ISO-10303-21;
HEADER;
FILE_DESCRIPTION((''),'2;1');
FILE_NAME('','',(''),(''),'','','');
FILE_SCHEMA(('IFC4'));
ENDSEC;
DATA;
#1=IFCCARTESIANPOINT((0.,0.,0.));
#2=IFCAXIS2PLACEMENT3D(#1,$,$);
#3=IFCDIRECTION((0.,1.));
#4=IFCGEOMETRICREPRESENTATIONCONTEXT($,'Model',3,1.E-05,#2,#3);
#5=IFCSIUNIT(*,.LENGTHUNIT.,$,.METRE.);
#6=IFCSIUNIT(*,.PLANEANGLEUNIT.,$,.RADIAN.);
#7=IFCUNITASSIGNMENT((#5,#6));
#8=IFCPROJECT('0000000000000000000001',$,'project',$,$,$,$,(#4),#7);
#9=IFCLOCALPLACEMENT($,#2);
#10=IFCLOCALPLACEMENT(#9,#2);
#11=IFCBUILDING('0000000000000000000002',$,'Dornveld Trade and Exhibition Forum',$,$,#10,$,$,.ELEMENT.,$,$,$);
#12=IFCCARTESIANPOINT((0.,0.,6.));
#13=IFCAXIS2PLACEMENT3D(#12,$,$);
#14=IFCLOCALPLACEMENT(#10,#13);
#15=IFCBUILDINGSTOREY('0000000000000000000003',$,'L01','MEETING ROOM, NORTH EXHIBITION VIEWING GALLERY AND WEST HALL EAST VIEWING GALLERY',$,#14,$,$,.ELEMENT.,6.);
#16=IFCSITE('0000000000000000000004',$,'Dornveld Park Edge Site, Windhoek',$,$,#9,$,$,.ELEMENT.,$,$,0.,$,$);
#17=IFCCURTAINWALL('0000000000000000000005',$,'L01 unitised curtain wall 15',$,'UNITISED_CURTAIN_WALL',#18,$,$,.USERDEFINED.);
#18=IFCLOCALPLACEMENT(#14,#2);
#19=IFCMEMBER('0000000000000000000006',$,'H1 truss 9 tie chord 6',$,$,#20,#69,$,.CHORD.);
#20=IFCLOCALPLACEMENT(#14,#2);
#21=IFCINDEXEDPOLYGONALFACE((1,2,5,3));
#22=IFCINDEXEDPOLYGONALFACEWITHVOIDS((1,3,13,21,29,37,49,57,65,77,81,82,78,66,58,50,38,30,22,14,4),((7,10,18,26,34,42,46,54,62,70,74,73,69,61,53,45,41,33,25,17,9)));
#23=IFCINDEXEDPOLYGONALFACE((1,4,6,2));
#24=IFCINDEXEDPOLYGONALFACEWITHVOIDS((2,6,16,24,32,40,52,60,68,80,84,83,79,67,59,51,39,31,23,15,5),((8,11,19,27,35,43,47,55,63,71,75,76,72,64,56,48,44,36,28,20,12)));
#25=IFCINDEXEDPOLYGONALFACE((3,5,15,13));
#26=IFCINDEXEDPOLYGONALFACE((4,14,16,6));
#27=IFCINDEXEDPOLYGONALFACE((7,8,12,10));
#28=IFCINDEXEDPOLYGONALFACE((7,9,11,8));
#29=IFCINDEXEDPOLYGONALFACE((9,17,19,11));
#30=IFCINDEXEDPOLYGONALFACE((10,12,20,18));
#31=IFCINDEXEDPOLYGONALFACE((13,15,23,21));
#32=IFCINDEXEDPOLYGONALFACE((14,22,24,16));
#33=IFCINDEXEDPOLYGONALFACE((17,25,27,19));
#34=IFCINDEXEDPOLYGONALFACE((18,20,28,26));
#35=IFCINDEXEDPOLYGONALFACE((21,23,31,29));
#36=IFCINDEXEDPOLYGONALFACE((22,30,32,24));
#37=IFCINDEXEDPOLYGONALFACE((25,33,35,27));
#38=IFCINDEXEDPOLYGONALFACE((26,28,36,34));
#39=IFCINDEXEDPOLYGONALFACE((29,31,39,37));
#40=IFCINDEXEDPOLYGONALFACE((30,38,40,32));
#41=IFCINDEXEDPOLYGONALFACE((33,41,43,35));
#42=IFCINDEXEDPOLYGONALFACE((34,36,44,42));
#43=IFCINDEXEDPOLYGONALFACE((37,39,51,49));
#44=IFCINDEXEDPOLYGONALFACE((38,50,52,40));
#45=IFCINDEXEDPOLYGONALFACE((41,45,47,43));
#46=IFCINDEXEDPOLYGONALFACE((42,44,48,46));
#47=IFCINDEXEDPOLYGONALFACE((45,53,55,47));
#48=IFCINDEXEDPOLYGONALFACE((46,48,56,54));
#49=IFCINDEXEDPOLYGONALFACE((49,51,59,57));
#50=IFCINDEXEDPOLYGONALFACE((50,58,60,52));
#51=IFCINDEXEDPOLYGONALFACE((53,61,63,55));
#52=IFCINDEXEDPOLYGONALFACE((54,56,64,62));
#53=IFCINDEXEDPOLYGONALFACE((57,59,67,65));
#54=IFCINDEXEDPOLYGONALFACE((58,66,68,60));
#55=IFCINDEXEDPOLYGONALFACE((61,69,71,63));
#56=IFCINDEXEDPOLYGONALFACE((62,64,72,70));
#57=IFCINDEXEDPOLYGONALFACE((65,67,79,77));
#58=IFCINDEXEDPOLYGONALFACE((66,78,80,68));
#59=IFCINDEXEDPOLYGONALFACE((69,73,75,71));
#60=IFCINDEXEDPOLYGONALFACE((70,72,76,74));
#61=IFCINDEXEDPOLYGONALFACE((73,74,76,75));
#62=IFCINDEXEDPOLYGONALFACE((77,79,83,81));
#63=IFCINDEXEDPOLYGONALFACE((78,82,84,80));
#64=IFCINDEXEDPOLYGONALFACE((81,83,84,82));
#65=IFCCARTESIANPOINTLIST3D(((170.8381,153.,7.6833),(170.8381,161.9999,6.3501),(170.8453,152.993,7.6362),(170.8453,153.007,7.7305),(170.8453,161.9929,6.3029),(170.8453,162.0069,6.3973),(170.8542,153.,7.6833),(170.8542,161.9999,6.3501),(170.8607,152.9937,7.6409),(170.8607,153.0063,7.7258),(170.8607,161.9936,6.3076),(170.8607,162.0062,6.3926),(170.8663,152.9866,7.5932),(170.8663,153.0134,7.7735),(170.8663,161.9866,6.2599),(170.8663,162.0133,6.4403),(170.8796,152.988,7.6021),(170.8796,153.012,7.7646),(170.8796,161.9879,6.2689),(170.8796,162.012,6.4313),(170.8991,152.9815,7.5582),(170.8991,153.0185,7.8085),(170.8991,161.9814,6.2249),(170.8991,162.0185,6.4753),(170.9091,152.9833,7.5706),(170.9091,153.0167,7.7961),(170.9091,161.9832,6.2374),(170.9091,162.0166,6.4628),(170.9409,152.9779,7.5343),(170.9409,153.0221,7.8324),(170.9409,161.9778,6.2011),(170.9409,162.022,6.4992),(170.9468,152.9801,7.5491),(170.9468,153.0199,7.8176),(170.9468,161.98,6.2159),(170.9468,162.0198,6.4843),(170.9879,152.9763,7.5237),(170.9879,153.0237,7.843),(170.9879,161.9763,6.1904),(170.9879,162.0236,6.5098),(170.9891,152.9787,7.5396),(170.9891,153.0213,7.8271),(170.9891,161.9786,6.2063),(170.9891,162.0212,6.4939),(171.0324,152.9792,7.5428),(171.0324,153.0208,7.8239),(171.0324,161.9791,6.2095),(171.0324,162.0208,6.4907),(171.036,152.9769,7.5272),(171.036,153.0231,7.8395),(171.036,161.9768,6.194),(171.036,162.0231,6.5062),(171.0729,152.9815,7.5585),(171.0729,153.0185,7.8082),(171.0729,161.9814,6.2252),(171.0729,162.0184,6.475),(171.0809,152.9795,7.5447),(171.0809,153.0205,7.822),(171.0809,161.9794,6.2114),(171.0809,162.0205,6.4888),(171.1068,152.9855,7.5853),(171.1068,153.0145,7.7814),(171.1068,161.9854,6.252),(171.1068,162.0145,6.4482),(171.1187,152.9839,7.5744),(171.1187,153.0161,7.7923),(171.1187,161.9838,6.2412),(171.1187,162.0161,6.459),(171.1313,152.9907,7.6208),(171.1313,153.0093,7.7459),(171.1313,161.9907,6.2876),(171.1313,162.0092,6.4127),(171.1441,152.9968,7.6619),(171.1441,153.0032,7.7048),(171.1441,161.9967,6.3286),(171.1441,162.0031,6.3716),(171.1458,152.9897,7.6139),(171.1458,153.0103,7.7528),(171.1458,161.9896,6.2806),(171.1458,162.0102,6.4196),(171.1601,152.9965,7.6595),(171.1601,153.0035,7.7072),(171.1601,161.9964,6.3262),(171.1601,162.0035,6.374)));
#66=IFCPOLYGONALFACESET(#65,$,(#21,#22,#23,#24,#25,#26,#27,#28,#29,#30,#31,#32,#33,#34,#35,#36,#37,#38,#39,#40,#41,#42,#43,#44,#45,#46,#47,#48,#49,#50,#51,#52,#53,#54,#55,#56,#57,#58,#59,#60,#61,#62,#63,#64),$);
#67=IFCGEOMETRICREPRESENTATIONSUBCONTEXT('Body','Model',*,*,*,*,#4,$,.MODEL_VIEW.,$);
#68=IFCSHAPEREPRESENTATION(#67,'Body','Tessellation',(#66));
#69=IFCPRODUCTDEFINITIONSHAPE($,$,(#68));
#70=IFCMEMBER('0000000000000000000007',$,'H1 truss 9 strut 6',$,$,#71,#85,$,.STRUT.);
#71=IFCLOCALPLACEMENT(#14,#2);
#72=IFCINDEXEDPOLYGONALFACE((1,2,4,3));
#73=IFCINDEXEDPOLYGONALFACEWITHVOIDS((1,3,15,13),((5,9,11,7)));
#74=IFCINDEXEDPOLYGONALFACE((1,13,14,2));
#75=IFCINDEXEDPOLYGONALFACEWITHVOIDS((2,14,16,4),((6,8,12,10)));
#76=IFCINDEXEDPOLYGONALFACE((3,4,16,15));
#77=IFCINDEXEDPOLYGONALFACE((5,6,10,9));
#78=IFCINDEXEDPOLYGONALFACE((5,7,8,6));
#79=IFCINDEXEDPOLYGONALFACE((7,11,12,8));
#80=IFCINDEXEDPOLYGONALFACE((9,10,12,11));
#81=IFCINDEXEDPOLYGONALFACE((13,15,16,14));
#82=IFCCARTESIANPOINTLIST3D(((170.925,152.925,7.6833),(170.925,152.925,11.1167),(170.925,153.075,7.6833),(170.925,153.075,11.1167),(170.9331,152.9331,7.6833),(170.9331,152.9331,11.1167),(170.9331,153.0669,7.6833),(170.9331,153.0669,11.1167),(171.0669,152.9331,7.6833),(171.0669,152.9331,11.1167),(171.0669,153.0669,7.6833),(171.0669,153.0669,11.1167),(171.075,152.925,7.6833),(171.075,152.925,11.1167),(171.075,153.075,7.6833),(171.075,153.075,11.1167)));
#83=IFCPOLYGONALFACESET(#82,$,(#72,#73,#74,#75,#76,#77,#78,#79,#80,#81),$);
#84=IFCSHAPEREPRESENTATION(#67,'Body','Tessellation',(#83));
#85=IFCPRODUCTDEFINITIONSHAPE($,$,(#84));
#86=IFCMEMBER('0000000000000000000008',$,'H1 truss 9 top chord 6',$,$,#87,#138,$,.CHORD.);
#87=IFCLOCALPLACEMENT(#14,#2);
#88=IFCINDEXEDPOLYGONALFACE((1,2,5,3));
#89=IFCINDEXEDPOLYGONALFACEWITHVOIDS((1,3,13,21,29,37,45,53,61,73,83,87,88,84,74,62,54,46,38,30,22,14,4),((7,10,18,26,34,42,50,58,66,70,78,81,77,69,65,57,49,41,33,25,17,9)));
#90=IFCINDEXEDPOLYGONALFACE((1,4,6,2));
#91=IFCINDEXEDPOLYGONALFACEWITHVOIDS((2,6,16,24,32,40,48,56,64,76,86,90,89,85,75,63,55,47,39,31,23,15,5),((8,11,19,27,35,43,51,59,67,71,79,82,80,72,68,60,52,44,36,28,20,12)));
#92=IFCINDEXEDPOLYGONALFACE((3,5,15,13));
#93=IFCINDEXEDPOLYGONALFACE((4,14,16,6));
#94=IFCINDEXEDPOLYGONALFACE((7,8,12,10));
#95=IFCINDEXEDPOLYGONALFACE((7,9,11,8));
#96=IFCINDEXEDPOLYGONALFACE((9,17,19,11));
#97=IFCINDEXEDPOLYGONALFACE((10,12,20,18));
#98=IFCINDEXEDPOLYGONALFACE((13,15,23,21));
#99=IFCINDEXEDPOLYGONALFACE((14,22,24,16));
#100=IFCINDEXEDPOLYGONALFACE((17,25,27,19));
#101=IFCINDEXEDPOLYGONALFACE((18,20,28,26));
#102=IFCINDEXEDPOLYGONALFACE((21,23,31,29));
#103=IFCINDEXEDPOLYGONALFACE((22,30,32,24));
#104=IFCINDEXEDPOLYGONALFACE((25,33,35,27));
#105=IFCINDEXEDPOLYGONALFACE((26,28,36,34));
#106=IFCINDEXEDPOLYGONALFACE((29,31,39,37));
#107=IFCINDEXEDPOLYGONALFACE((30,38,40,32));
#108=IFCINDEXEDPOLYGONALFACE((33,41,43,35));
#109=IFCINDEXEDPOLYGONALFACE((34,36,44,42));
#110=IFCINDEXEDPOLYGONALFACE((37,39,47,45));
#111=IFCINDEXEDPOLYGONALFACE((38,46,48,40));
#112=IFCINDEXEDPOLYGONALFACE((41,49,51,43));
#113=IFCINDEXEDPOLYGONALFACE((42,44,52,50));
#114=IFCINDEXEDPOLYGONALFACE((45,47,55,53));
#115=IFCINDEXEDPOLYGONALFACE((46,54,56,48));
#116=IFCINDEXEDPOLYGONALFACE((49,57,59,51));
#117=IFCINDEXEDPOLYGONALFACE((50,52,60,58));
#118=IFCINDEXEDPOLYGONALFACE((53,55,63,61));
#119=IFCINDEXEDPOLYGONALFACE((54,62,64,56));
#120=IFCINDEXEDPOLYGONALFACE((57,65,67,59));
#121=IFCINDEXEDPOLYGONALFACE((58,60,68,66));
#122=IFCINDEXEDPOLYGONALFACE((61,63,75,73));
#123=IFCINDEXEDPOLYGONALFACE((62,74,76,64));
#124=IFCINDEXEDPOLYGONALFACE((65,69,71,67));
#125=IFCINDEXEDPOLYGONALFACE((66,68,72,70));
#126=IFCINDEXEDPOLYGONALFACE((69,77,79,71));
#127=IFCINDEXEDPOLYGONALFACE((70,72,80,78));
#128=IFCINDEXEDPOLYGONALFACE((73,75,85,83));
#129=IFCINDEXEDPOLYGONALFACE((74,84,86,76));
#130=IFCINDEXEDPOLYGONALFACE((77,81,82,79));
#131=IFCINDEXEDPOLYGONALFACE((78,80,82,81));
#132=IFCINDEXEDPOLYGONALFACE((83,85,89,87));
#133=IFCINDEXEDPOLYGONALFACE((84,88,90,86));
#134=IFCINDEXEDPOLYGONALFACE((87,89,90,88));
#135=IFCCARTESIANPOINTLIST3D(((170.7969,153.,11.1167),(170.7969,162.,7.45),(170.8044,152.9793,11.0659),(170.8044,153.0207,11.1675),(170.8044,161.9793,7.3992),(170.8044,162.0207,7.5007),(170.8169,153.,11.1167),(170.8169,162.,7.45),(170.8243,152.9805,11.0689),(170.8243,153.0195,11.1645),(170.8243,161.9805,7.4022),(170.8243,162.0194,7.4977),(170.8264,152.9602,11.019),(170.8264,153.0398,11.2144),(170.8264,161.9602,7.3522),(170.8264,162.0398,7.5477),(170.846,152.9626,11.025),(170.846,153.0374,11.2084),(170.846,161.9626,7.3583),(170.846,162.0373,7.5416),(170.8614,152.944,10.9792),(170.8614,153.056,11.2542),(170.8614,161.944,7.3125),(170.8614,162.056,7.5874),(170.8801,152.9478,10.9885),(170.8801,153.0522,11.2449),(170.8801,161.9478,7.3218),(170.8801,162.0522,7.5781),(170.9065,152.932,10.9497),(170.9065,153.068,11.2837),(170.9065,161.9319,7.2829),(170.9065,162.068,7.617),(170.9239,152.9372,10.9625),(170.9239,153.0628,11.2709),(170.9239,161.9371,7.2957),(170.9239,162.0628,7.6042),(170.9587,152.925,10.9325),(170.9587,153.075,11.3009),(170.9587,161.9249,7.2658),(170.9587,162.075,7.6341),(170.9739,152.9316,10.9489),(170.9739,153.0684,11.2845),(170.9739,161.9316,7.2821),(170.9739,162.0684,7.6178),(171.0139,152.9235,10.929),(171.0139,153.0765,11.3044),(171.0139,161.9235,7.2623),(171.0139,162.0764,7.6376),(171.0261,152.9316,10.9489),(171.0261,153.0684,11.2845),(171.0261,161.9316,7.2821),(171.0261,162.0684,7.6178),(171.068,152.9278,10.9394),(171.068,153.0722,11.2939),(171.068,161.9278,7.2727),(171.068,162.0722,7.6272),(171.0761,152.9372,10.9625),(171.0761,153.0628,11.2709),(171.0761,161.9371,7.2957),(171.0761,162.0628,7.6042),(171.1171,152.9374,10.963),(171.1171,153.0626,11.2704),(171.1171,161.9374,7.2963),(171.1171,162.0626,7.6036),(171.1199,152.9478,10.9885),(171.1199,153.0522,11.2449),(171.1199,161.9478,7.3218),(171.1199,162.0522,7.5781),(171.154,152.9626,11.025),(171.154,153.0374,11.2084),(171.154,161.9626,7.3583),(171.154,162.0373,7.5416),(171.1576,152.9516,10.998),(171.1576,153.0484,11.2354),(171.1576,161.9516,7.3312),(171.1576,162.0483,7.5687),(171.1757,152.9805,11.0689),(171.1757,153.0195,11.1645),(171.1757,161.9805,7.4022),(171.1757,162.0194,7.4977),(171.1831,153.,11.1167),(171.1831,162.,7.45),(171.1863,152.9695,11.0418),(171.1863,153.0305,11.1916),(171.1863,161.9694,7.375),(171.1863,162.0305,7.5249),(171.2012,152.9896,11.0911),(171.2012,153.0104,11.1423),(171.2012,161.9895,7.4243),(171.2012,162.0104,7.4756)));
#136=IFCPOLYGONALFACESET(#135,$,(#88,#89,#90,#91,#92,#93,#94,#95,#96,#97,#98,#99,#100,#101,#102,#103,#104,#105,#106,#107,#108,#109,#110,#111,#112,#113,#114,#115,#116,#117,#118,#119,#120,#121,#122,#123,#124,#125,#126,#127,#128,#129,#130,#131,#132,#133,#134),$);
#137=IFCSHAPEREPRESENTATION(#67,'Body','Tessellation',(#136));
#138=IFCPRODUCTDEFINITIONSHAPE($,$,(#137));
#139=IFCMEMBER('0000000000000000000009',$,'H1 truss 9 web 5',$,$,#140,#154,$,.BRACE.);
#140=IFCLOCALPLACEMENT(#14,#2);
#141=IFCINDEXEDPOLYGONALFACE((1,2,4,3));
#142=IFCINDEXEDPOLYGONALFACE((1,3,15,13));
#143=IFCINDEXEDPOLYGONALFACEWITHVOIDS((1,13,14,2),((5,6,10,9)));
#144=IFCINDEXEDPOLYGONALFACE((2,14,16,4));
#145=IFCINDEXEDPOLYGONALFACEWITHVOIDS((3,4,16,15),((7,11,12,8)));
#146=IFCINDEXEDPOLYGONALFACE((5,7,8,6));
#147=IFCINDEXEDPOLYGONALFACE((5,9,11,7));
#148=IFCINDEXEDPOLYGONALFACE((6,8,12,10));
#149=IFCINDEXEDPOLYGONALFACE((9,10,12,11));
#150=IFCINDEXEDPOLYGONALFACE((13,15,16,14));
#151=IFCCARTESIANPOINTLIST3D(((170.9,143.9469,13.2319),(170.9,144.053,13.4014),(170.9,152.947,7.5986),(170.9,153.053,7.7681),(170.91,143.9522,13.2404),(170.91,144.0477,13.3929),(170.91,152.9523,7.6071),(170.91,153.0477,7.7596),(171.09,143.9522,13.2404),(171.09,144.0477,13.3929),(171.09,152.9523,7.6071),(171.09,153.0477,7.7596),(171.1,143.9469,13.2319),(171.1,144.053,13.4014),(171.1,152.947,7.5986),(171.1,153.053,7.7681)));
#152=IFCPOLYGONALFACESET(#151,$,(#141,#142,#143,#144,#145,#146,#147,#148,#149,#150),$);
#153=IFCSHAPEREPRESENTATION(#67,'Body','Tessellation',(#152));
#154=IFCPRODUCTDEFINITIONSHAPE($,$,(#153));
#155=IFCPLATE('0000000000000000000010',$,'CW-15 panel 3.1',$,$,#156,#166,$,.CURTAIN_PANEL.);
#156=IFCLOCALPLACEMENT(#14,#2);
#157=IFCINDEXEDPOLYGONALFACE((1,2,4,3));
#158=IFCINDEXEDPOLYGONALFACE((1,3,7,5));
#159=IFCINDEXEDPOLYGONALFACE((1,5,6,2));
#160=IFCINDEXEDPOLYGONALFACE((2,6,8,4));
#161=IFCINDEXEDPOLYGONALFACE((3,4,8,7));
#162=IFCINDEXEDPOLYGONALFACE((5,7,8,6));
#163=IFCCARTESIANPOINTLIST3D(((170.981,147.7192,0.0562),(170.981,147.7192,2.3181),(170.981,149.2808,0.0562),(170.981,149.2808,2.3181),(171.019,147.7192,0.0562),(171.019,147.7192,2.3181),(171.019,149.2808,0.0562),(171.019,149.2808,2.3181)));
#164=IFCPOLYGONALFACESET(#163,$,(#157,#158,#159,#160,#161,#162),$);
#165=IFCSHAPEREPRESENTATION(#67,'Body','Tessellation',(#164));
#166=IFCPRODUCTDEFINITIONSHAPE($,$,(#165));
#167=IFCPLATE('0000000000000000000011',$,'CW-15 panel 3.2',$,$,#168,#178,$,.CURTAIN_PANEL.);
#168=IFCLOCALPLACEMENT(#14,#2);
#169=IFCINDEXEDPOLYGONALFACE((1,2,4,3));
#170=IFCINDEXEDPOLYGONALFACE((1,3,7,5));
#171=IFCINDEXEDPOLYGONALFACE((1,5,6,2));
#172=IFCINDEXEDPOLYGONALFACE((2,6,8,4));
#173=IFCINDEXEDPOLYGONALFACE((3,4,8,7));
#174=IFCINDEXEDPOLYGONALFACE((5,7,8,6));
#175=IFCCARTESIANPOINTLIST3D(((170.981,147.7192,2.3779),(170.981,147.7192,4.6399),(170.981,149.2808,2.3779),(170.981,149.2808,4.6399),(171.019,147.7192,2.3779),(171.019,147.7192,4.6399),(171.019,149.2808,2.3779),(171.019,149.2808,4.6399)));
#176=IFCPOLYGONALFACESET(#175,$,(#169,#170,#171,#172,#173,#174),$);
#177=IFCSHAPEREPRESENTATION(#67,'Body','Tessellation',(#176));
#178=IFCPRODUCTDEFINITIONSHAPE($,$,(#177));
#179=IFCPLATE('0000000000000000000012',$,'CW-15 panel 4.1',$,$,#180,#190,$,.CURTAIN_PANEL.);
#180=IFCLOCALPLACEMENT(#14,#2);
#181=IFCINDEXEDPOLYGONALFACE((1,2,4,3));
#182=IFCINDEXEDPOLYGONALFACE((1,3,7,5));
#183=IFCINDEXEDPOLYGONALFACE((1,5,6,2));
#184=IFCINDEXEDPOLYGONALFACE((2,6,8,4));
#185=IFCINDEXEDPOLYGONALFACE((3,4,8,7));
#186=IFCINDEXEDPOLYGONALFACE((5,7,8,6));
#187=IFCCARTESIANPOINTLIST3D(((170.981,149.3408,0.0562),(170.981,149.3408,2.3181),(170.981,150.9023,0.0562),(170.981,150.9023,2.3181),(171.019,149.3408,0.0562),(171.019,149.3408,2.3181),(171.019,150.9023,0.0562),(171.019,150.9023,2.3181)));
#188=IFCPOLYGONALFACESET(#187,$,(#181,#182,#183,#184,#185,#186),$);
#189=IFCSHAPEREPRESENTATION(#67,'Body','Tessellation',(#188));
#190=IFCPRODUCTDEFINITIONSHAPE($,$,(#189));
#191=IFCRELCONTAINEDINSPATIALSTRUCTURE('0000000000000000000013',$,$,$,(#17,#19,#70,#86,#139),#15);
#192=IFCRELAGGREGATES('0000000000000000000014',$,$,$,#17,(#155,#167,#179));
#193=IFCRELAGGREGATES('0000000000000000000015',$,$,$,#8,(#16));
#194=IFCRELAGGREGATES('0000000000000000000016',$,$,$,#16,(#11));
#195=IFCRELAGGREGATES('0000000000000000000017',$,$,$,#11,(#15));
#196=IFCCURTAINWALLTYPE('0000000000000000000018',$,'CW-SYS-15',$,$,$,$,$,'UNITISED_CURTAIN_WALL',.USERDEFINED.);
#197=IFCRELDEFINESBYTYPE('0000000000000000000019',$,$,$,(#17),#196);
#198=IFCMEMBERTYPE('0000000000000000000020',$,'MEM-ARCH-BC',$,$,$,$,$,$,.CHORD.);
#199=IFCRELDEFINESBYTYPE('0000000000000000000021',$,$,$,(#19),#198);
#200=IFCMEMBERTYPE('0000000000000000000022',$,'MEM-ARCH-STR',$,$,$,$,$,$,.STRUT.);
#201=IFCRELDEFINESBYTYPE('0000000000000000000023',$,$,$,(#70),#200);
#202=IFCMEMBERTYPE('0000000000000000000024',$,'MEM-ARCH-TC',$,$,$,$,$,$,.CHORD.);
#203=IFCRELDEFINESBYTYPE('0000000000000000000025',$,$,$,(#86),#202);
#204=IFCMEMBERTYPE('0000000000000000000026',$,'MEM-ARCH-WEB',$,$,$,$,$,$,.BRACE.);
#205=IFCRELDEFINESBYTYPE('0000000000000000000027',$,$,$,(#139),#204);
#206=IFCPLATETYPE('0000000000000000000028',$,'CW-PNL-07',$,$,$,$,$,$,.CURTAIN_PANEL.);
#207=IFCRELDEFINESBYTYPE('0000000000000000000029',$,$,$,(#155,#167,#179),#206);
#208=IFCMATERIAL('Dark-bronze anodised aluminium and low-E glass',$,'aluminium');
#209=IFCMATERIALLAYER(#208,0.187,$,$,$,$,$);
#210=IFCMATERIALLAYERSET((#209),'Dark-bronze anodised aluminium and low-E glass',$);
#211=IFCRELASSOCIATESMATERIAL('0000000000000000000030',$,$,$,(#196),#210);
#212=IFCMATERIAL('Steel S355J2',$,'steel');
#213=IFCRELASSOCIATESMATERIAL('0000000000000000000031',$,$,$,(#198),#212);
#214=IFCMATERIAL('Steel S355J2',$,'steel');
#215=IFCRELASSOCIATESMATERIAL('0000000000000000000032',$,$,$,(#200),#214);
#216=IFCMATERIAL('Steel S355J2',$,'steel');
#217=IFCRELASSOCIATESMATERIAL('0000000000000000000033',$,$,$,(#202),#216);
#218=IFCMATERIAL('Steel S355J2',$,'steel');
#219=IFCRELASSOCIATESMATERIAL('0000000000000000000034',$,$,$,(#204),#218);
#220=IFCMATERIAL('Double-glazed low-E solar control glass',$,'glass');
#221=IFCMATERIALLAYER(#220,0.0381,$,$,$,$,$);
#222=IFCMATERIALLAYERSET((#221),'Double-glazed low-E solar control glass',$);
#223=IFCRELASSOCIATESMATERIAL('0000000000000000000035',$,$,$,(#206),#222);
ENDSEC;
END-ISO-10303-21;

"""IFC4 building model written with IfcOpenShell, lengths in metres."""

from ifc_helpers import new_model, si_unit, direction, frame, origin, origin_2d, place, context, subcontext, project, spatial, rectangle, hollow_rectangle, hollow_circle, extrude, material, layer, layer_set, material_profile, profile_set, type_object, element, aggregate, save


model = new_model("IFC4")

# Units and contexts
model_context = context("Model", 3, precision=1e-05, world=origin(), true_north=direction((0.0, 1.0)))
body_context = subcontext(model_context, "Body", "Model", "MODEL_VIEW")
ifc_project = project(units=[si_unit("LENGTHUNIT", "METRE"), si_unit("PLANEANGLEUNIT", "RADIAN")], contexts=[model_context])

# Site, building, storey
site_placement = place(None, origin())
site = spatial("IfcSite", under=ifc_project, at=site_placement, Name="Dornveld Park Edge Site, Windhoek", CompositionType="ELEMENT", RefElevation=0.0)
building_placement = place(site_placement, origin())
building = spatial("IfcBuilding", under=site, at=building_placement, Name="Dornveld Trade and Exhibition Forum", CompositionType="ELEMENT")
storey_placement = place(building_placement, frame((0.0, 0.0, 6.0)))
storey = spatial("IfcBuildingStorey", under=building, at=storey_placement, Name="L01", Description="MEETING ROOM, NORTH EXHIBITION VIEWING GALLERY AND WEST HALL EAST VIEWING GALLERY", CompositionType="ELEMENT", Elevation=6.0)

# Curtain wall
ifc_material_1 = material(Name="Dark-bronze anodised aluminium and low-E glass", Category="aluminium")
ifc_layer_1 = layer(ifc_material_1, 0.187)
ifc_layer_set_1 = layer_set([ifc_layer_1], Name="Dark-bronze anodised aluminium and low-E glass")
curtain_wall_type_1 = type_object("IfcCurtainWallType", Name="CW-SYS-15", ElementType="UNITISED_CURTAIN_WALL", PredefinedType="USERDEFINED", material=ifc_layer_set_1)
curtain_wall_1_placement = place(storey_placement, origin())
curtain_wall_1 = element("IfcCurtainWall", 1, at=curtain_wall_1_placement, inside=storey, type_object=curtain_wall_type_1, Name="L01 unitised curtain wall 15", ObjectType="UNITISED_CURTAIN_WALL", PredefinedType="USERDEFINED")

# Members
ifc_material_2 = material(Name="Steel S355J2", Category="steel")
ifc_material_profile_1 = material_profile(ifc_material_2, hollow_circle(Radius=0.1619, WallThickness=0.0161, at=origin_2d()), Name="CHS 323.9x16")
ifc_profile_set_1 = profile_set([ifc_material_profile_1], Name="Steel S355J2")
member_type_1 = type_object("IfcMemberType", Name="MEM-ARCH-BC", PredefinedType="CHORD", material=ifc_profile_set_1)
member_1_placement = place(storey_placement, frame((171.0, 153.0, 7.6833), z_axis=(0.0, 0.989205, -0.14654), x_axis=(-1.0, 0.0, 0.0)))
element("IfcMember", 2, at=member_1_placement, inside=storey, type_object=member_type_1, Name="H1 truss 9 tie chord 6", PredefinedType="CHORD", context=body_context, shape_type="SweptSolid", body=[
    extrude(hollow_circle(Radius=0.1619, WallThickness=0.0161, at=origin_2d()), origin(), (0.0, 0.0, 1.0), 9.0981),
])
ifc_material_3 = material(Name="Steel S355J2", Category="steel")
ifc_material_profile_2 = material_profile(ifc_material_3, hollow_rectangle(XDim=0.1499, YDim=0.1499, WallThickness=0.0081, at=origin_2d()), Name="SHS 150x150x8")
ifc_profile_set_2 = profile_set([ifc_material_profile_2], Name="Steel S355J2")
member_type_2 = type_object("IfcMemberType", Name="MEM-ARCH-STR", PredefinedType="STRUT", material=ifc_profile_set_2)
member_2_placement = place(storey_placement, frame((171.0, 153.0, 7.6833), z_axis=(0.0, 0.0, 1.0), x_axis=(1.0, 0.0, 0.0)))
element("IfcMember", 3, at=member_2_placement, inside=storey, type_object=member_type_2, Name="H1 truss 9 strut 6", PredefinedType="STRUT", context=body_context, shape_type="SweptSolid", body=[
    extrude(hollow_rectangle(XDim=0.1499, YDim=0.1499, WallThickness=0.0081, at=origin_2d()), origin(), (0.0, 0.0, 1.0), 3.4333),
])
ifc_material_4 = material(Name="Steel S355J2", Category="steel")
ifc_material_profile_3 = material_profile(ifc_material_4, hollow_circle(Radius=0.2031, WallThickness=0.02, at=origin_2d()), Name="CHS 406.4x20")
ifc_profile_set_3 = profile_set([ifc_material_profile_3], Name="Steel S355J2")
member_type_3 = type_object("IfcMemberType", Name="MEM-ARCH-TC", PredefinedType="CHORD", material=ifc_profile_set_3)
member_3_placement = place(storey_placement, frame((171.0, 153.0, 11.1167), z_axis=(0.0, 0.926089, -0.377304), x_axis=(-1.0, 0.0, 0.0)))
element("IfcMember", 4, at=member_3_placement, inside=storey, type_object=member_type_3, Name="H1 truss 9 top chord 6", PredefinedType="CHORD", context=body_context, shape_type="SweptSolid", body=[
    extrude(hollow_circle(Radius=0.2031, WallThickness=0.02, at=origin_2d()), origin(), (0.0, 0.0, 1.0), 9.7183),
])
ifc_material_5 = material(Name="Steel S355J2", Category="steel")
ifc_material_profile_4 = material_profile(ifc_material_5, hollow_rectangle(XDim=0.2, YDim=0.2, WallThickness=0.01, at=origin_2d()), Name="SHS 200x200x10")
ifc_profile_set_4 = profile_set([ifc_material_profile_4], Name="Steel S355J2")
member_type_4 = type_object("IfcMemberType", Name="MEM-ARCH-WEB", PredefinedType="BRACE", material=ifc_profile_set_4)
member_4_placement = place(storey_placement, frame((171.0, 153.0, 7.6833), z_axis=(0.0, -0.847647, 0.530561), x_axis=(1.0, 0.0, 0.0)))
element("IfcMember", 5, at=member_4_placement, inside=storey, type_object=member_type_4, Name="H1 truss 9 web 5", PredefinedType="BRACE", context=body_context, shape_type="SweptSolid", body=[
    extrude(hollow_rectangle(XDim=0.2, YDim=0.2, WallThickness=0.01, at=origin_2d()), origin(), (0.0, 0.0, 1.0), 10.6177),
])

# Plates
ifc_material_6 = material(Name="Double-glazed low-E solar control glass", Category="glass")
ifc_layer_2 = layer(ifc_material_6, 0.0381)
ifc_layer_set_2 = layer_set([ifc_layer_2], Name="Double-glazed low-E solar control glass")
plate_type = type_object("IfcPlateType", Name="CW-PNL-07", PredefinedType="CURTAIN_PANEL", material=ifc_layer_set_2)
plate_1_placement = place(storey_placement, frame((171.0, 148.5, 0.0562), z_axis=(0.0, 0.0, 1.0), x_axis=(0.0, 1.0, 0.0)))
plate_1 = element("IfcPlate", 6, at=plate_1_placement, type_object=plate_type, Name="CW-15 panel 3.1", PredefinedType="CURTAIN_PANEL", context=body_context, shape_type="SweptSolid", body=[
    extrude(rectangle(XDim=1.5615, YDim=0.0381, at=origin_2d()), origin(), (0.0, 0.0, 1.0), 2.262),
])
plate_2_placement = place(storey_placement, frame((171.0, 148.5, 2.3779), z_axis=(0.0, 0.0, 1.0), x_axis=(0.0, 1.0, 0.0)))
plate_2 = element("IfcPlate", 7, at=plate_2_placement, type_object=plate_type, Name="CW-15 panel 3.2", PredefinedType="CURTAIN_PANEL", context=body_context, shape_type="SweptSolid", body=[
    extrude(rectangle(XDim=1.5615, YDim=0.0381, at=origin_2d()), origin(), (0.0, 0.0, 1.0), 2.262),
])
plate_3_placement = place(storey_placement, frame((171.0, 150.1216, 0.0562), z_axis=(0.0, 0.0, 1.0), x_axis=(0.0, 1.0, 0.0)))
plate_3 = element("IfcPlate", 8, at=plate_3_placement, type_object=plate_type, Name="CW-15 panel 4.1", PredefinedType="CURTAIN_PANEL", context=body_context, shape_type="SweptSolid", body=[
    extrude(rectangle(XDim=1.5615, YDim=0.0381, at=origin_2d()), origin(), (0.0, 0.0, 1.0), 2.262),
])
aggregate(curtain_wall_1, [plate_1, plate_2, plate_3])

save(model, "model.ifc")
